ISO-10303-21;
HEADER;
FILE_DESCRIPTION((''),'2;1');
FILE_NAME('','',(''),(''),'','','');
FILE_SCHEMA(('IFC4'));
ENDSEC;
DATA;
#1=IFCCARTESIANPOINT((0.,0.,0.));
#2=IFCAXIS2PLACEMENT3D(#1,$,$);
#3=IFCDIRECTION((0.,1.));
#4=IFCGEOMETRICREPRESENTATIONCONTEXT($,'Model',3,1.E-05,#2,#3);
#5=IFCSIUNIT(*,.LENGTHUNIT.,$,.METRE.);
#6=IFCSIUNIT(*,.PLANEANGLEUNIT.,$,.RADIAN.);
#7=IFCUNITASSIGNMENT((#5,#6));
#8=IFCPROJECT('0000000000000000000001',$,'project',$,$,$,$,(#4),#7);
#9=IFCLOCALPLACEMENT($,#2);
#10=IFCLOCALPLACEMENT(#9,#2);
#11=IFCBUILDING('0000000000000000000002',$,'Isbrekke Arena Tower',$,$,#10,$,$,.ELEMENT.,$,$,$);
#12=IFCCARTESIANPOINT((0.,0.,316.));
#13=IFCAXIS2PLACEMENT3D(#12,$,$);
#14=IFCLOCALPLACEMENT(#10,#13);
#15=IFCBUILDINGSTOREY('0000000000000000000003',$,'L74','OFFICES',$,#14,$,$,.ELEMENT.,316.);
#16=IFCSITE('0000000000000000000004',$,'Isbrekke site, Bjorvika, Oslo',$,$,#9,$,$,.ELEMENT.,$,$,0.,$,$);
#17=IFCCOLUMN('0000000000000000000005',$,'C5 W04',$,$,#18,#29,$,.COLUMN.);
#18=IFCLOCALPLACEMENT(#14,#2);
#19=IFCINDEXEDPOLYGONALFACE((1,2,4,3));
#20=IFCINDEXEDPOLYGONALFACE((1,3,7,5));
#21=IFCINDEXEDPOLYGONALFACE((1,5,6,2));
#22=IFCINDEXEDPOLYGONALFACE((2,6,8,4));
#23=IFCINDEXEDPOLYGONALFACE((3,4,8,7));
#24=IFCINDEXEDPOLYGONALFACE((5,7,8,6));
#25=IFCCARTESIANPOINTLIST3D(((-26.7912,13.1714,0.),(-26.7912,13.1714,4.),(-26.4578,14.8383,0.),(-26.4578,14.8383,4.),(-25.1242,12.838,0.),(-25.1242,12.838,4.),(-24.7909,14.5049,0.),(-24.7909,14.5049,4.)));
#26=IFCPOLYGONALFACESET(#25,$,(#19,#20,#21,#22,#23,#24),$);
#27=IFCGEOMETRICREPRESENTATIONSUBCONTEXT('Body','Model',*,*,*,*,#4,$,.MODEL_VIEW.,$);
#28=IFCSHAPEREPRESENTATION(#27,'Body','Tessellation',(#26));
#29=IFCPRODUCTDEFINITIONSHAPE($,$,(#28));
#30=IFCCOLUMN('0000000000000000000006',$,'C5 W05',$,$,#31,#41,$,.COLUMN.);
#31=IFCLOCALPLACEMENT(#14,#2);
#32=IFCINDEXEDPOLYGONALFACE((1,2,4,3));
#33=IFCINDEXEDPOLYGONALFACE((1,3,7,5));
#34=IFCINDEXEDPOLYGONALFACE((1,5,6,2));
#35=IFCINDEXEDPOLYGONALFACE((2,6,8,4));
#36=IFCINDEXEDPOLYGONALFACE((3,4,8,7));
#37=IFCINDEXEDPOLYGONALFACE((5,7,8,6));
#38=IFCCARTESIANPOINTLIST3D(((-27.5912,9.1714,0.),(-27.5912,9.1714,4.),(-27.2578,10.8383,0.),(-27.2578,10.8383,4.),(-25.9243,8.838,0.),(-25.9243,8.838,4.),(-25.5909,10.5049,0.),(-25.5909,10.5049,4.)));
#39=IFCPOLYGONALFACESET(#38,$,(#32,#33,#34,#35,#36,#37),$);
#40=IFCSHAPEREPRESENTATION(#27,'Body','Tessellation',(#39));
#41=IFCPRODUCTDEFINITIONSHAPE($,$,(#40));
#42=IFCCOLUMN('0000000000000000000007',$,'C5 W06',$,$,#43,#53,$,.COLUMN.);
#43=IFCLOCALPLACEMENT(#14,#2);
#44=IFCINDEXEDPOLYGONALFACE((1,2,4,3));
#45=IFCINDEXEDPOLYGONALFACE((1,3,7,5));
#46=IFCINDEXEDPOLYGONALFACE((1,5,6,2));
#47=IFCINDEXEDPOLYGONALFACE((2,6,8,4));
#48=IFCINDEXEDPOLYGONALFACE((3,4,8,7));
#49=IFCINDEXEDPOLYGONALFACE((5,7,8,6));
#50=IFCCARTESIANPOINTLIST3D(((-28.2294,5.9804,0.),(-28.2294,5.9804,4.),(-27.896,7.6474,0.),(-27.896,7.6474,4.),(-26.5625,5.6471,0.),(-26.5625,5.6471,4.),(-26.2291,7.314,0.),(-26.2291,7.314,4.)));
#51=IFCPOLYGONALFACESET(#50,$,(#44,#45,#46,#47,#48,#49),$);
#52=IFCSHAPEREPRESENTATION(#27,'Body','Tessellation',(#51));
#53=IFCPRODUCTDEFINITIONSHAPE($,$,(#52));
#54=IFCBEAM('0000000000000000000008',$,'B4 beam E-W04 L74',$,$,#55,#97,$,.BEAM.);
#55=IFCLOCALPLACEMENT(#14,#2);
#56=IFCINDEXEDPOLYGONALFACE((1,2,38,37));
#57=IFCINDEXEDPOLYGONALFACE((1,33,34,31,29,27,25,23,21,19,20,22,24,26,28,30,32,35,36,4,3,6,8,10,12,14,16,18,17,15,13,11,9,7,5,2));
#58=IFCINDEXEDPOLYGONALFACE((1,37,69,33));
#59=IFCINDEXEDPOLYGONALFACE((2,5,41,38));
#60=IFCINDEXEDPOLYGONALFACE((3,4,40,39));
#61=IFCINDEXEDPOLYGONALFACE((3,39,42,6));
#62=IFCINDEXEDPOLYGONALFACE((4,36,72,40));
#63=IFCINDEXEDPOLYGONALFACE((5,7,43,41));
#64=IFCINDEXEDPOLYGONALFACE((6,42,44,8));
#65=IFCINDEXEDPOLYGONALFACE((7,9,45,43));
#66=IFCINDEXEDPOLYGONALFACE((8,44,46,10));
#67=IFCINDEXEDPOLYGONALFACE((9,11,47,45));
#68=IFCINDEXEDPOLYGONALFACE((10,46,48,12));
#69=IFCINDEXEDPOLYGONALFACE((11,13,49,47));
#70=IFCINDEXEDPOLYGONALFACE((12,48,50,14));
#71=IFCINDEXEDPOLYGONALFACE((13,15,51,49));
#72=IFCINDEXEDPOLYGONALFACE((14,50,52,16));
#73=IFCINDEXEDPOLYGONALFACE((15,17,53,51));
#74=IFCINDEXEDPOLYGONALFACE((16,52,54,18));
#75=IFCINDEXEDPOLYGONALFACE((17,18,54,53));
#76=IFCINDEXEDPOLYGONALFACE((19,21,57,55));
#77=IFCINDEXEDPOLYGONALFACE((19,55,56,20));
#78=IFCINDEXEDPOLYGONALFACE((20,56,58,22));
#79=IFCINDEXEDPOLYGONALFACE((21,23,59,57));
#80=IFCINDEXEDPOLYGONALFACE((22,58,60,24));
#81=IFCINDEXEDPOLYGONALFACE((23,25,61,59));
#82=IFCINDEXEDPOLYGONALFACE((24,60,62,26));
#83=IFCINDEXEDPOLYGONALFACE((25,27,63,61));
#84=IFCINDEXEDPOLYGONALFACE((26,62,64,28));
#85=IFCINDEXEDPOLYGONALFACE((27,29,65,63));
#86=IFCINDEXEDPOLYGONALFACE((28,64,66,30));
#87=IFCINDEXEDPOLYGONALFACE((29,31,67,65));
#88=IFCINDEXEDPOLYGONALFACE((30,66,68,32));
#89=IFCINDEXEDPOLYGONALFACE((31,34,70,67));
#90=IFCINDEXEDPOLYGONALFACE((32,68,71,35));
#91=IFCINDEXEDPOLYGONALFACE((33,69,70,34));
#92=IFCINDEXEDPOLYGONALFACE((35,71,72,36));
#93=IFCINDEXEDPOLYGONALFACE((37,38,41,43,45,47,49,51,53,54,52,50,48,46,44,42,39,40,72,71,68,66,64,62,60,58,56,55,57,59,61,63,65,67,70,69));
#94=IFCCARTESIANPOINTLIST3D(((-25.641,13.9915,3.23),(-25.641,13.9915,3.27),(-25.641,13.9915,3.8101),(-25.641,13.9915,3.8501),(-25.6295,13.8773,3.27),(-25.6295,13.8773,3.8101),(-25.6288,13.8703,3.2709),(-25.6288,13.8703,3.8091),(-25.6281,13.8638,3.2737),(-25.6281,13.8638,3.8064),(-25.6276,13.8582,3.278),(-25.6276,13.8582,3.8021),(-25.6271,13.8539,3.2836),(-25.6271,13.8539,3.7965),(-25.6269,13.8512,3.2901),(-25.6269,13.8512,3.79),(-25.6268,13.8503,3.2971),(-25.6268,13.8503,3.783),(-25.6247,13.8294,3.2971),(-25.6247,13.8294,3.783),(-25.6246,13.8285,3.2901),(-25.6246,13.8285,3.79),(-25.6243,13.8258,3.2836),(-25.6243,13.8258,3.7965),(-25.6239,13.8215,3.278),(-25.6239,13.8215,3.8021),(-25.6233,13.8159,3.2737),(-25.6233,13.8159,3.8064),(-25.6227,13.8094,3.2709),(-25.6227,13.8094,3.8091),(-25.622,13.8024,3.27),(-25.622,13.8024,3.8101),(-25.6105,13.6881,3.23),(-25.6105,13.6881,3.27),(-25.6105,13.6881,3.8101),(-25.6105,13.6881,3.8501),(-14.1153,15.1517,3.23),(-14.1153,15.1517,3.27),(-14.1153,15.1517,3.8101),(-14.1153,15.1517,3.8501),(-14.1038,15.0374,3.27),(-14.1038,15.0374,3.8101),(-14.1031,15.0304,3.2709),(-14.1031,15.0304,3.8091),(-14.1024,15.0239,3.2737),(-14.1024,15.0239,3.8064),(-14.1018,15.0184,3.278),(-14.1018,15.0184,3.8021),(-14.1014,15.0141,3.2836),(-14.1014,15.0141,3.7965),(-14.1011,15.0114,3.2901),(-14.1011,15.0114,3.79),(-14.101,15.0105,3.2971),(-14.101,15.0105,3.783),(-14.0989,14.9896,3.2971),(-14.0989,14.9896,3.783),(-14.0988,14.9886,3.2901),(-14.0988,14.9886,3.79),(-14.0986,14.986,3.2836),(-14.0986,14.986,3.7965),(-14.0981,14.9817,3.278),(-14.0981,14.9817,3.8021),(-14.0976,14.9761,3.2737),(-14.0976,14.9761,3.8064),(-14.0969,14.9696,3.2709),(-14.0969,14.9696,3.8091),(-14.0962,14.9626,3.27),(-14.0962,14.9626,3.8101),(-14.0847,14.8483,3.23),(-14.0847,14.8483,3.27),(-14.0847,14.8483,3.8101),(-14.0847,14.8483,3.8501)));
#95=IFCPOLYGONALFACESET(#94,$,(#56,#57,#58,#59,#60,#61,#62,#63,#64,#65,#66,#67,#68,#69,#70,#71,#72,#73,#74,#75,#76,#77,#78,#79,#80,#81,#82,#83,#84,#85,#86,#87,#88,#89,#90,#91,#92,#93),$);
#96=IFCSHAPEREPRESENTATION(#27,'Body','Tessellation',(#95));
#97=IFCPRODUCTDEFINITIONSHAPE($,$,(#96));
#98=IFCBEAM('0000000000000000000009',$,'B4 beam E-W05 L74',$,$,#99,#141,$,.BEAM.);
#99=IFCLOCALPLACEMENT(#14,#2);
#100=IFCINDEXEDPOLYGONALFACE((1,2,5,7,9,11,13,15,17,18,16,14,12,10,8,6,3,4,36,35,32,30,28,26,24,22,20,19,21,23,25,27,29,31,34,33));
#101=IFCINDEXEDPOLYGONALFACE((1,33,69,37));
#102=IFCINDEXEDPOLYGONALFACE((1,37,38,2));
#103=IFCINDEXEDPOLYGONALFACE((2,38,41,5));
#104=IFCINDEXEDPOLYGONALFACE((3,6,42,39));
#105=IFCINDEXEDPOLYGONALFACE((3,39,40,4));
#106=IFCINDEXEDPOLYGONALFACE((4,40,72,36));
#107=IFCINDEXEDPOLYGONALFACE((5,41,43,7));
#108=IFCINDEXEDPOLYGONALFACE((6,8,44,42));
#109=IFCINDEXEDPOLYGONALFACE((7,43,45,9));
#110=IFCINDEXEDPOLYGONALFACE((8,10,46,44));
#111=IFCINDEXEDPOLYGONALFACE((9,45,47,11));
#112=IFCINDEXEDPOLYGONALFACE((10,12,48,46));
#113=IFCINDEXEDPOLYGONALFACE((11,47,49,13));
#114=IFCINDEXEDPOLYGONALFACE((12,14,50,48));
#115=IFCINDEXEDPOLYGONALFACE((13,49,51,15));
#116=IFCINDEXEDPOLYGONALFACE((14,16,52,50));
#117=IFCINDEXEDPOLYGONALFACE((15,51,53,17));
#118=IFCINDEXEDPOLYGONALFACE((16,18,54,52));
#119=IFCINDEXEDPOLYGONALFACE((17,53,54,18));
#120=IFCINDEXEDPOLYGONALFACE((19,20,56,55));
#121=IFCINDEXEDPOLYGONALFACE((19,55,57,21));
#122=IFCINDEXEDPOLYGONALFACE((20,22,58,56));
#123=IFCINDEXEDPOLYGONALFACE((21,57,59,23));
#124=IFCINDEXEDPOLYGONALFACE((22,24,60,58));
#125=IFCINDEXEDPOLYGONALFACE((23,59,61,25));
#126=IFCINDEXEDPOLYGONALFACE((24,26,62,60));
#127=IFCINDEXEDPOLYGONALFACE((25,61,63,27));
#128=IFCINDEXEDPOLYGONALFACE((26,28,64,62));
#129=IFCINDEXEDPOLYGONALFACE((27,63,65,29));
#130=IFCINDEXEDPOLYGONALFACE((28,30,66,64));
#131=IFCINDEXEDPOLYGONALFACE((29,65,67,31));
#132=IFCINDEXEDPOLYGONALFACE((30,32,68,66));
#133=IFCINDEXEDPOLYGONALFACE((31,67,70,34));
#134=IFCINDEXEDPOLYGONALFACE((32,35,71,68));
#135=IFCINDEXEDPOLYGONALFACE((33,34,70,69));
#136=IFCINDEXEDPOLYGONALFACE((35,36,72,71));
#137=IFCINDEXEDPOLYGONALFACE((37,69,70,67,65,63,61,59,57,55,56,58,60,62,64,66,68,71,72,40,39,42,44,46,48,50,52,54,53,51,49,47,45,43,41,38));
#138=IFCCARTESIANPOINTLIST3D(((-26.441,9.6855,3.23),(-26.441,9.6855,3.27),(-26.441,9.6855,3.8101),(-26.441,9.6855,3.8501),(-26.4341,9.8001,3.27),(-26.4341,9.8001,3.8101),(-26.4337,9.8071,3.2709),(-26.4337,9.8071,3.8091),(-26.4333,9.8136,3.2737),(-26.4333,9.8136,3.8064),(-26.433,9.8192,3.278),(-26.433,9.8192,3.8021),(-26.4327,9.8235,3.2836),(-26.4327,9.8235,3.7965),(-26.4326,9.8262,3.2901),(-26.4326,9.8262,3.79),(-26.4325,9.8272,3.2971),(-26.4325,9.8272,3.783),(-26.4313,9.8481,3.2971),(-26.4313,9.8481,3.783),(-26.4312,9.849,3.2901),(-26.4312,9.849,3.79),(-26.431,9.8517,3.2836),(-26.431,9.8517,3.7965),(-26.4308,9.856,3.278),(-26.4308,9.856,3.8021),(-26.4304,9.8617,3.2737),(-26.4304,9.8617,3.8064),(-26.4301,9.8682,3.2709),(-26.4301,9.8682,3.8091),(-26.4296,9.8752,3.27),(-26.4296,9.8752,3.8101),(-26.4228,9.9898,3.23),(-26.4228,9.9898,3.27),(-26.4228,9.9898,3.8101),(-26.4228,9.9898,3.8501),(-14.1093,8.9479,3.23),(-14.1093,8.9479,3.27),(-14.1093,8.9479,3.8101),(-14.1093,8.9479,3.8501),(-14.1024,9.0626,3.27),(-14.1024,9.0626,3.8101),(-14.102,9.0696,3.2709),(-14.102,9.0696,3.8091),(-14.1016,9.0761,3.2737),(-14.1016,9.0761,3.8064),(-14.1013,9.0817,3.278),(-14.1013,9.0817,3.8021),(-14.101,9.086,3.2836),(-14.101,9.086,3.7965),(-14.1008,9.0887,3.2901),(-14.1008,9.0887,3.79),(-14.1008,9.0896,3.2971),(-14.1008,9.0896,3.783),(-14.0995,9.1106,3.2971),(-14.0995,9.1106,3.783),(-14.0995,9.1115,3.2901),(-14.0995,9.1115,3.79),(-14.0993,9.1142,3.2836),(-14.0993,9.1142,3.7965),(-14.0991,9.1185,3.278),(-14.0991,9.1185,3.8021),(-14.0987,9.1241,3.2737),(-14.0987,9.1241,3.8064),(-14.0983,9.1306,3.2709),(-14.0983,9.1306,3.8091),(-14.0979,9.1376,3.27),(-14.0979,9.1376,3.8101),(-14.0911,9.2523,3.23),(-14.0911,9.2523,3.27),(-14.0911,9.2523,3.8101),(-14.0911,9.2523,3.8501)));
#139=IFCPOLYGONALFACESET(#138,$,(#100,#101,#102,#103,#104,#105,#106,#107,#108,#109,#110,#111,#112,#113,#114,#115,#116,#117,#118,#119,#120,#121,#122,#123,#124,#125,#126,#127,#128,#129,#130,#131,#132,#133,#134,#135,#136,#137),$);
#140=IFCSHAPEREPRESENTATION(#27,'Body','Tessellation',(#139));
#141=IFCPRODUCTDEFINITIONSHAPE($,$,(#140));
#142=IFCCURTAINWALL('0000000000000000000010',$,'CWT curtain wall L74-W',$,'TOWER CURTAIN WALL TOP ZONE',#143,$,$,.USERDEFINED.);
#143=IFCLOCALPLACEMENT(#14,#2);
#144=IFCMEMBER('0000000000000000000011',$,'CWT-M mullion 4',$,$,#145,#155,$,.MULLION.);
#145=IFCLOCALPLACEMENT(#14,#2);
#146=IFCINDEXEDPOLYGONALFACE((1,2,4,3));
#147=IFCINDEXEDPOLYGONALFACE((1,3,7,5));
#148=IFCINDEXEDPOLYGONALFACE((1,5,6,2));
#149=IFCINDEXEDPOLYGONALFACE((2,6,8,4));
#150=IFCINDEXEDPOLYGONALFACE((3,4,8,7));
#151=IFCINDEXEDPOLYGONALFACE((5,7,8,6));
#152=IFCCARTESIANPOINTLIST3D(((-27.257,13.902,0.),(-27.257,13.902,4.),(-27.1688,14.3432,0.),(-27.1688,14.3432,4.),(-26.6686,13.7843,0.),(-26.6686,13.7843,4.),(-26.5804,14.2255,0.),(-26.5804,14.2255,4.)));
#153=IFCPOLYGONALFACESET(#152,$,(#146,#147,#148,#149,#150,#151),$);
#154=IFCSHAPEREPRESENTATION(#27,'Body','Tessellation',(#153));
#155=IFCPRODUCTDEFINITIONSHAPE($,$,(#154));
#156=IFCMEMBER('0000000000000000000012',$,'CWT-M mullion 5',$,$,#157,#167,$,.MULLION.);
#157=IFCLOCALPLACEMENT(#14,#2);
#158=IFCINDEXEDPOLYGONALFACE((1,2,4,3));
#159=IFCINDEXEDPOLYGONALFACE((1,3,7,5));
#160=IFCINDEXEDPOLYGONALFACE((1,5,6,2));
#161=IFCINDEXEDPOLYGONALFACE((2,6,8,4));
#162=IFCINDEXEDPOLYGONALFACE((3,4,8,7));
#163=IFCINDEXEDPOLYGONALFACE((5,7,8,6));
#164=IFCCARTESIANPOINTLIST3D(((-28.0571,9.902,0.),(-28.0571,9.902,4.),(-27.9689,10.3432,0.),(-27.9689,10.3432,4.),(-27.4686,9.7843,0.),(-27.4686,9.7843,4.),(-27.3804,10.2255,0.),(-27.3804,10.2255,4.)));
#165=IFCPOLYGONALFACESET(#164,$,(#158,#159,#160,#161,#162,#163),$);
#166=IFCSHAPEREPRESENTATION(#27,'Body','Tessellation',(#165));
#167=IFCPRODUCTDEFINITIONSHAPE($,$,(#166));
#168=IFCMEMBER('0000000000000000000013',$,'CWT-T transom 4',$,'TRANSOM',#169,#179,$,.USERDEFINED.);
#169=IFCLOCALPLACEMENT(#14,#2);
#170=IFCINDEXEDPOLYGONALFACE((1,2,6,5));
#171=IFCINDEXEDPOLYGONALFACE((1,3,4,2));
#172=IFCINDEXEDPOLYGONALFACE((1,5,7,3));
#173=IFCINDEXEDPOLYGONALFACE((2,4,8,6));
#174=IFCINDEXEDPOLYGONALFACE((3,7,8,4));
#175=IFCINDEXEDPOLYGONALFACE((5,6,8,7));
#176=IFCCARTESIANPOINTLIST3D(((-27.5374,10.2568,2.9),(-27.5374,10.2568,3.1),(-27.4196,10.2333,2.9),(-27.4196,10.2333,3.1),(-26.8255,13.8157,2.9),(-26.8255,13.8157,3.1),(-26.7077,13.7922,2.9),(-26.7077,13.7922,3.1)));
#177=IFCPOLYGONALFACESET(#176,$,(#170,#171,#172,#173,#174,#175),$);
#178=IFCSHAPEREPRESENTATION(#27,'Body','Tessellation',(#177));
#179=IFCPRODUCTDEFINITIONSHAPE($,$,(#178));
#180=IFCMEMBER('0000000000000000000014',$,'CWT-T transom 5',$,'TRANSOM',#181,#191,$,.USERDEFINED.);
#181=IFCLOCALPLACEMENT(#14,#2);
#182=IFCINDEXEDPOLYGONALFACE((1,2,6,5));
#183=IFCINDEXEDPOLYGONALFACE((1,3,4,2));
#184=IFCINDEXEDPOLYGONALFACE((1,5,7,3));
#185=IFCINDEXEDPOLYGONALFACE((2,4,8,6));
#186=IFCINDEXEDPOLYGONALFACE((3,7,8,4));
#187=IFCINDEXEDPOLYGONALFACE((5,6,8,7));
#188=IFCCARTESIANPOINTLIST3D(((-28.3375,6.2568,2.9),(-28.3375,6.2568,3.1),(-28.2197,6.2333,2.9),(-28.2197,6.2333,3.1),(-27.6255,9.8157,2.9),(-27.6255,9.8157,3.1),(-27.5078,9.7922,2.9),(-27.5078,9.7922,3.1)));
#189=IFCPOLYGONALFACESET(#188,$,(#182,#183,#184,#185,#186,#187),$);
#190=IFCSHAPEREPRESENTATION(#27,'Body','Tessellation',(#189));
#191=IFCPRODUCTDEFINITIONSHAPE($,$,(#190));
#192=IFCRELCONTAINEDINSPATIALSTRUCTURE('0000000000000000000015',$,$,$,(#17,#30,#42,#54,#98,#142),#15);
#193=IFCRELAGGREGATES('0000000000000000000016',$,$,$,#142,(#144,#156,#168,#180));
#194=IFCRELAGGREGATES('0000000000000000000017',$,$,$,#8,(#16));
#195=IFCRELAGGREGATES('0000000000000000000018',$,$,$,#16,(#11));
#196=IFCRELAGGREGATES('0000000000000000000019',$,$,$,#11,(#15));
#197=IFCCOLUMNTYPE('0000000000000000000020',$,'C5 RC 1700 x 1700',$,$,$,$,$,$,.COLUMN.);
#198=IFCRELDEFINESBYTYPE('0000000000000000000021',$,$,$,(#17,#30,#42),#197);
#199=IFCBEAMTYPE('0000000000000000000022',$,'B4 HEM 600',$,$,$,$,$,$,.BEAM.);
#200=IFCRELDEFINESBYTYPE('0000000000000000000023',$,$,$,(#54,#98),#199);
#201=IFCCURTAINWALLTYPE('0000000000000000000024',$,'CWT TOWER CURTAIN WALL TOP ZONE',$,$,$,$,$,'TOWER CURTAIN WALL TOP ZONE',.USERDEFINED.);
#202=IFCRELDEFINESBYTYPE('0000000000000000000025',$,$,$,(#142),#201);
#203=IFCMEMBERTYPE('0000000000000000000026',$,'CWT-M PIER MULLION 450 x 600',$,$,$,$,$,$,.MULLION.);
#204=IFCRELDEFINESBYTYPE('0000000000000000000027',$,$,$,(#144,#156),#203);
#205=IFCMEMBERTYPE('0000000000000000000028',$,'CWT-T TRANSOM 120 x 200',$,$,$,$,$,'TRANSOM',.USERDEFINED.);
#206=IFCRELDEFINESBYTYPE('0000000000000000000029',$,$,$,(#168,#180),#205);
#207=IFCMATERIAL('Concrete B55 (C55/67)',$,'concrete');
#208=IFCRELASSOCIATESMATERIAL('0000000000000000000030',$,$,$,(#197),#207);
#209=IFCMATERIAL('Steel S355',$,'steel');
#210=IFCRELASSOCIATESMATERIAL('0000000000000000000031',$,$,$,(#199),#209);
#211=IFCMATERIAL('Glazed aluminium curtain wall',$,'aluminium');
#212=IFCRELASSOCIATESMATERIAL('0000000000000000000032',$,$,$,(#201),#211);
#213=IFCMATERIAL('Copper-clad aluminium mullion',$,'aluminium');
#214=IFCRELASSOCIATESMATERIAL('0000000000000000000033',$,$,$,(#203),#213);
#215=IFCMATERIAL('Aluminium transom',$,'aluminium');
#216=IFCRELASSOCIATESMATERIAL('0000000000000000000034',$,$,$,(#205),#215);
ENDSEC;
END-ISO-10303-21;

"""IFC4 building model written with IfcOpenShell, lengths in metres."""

from ifc_helpers import new_model, si_unit, direction, frame, origin, origin_2d, place, context, subcontext, project, spatial, rectangle, i_section, extrude, material, material_profile, profile_set, type_object, element, aggregate, save


model = new_model("IFC4")

# Units and contexts
model_context = context("Model", 3, precision=1e-05, world=origin(), true_north=direction((0.0, 1.0)))
body_context = subcontext(model_context, "Body", "Model", "MODEL_VIEW")
ifc_project = project(units=[si_unit("LENGTHUNIT", "METRE"), si_unit("PLANEANGLEUNIT", "RADIAN")], contexts=[model_context])

# Site, building, storey
site_placement = place(None, origin())
site = spatial("IfcSite", under=ifc_project, at=site_placement, Name="Isbrekke site, Bjorvika, Oslo", CompositionType="ELEMENT", RefElevation=0.0)
building_placement = place(site_placement, origin())
building = spatial("IfcBuilding", under=site, at=building_placement, Name="Isbrekke Arena Tower", CompositionType="ELEMENT")
storey_placement = place(building_placement, frame((0.0, 0.0, 316.0)))
storey = spatial("IfcBuildingStorey", under=building, at=storey_placement, Name="L74", Description="OFFICES", CompositionType="ELEMENT", Elevation=316.0)

# Columns
ifc_material_1 = material(Name="Concrete B55 (C55/67)", Category="concrete")
ifc_material_profile_1 = material_profile(ifc_material_1, rectangle(XDim=1.7, YDim=1.7, at=origin_2d()), Name="RC 1700x1700")
ifc_profile_set_1 = profile_set([ifc_material_profile_1], Name="Concrete B55 (C55/67)")
column_type = type_object("IfcColumnType", Name="C5 RC 1700 x 1700", PredefinedType="COLUMN", material=ifc_profile_set_1)
for number, where, z_axis, x_axis, name in (
    (1, (-25.791, 13.8381, 0.0), (0.0, 0.0, 1.0), (-0.196116, -0.980581, 0.0), "C5 W04"),
    (2, (-26.5911, 9.8381, 0.0), (0.0, 0.0, 1.0), (-0.196116, -0.980581, 0.0), "C5 W05"),
    (3, (-27.2292, 6.6472, 0.0), (0.0, 0.0, 1.0), (-0.196116, -0.980581, 0.0), "C5 W06"),
):
    element("IfcColumn", number, at=place(storey_placement, frame(where, z_axis=z_axis, x_axis=x_axis)), inside=storey, type_object=column_type, Name=name, PredefinedType="COLUMN", context=body_context, shape_type="SweptSolid", body=[
        extrude(rectangle(XDim=1.7, YDim=1.7, at=origin_2d()), origin(), (0.0, 0.0, 1.0), 4.0),
    ])

# Beams
ifc_material_2 = material(Name="Steel S355", Category="steel")
ifc_material_profile_2 = material_profile(ifc_material_2, i_section(OverallWidth=0.3049, OverallDepth=0.6201, WebThickness=0.021, FlangeThickness=0.04, FilletRadius=0.0271, at=origin_2d()), Name="HEM 600")
ifc_profile_set_2 = profile_set([ifc_material_profile_2], Name="Steel S355")
beam_type_1 = type_object("IfcBeamType", Name="B4 HEM 600", PredefinedType="BEAM", material=ifc_profile_set_2)
beam_1_placement = place(storey_placement, frame((-25.6257, 13.8398, 3.54), z_axis=(0.994972, 0.100153, 0.0), x_axis=(-0.100153, 0.994972, 0.0)))
element("IfcBeam", 4, at=beam_1_placement, inside=storey, type_object=beam_type_1, Name="B4 beam E-W04 L74", PredefinedType="BEAM", context=body_context, shape_type="SweptSolid", body=[
    extrude(i_section(OverallWidth=0.3049, OverallDepth=0.6201, WebThickness=0.021, FlangeThickness=0.04, FilletRadius=0.0271, at=origin_2d()), origin(), (0.0, 0.0, 1.0), 11.584),
])
beam_2_placement = place(storey_placement, frame((-26.4319, 9.8376, 3.54), z_axis=(0.998216, -0.059702, 0.0), x_axis=(0.059702, 0.998216, 0.0)))
element("IfcBeam", 5, at=beam_2_placement, inside=storey, type_object=beam_type_1, Name="B4 beam E-W05 L74", PredefinedType="BEAM", context=body_context, shape_type="SweptSolid", body=[
    extrude(i_section(OverallWidth=0.3049, OverallDepth=0.6201, WebThickness=0.021, FlangeThickness=0.04, FilletRadius=0.0271, at=origin_2d()), origin(), (0.0, 0.0, 1.0), 12.3538),
])

# Curtain wall, members
ifc_material_3 = material(Name="Glazed aluminium curtain wall", Category="aluminium")
curtain_wall_type = type_object("IfcCurtainWallType", Name="CWT TOWER CURTAIN WALL TOP ZONE", ElementType="TOWER CURTAIN WALL TOP ZONE", PredefinedType="USERDEFINED", material=ifc_material_3)
curtain_wall_placement = place(storey_placement, origin())
curtain_wall = element("IfcCurtainWall", 6, at=curtain_wall_placement, inside=storey, type_object=curtain_wall_type, Name="CWT curtain wall L74-W", ObjectType="TOWER CURTAIN WALL TOP ZONE", PredefinedType="USERDEFINED")
ifc_material_4 = material(Name="Copper-clad aluminium mullion", Category="aluminium")
ifc_material_profile_3 = material_profile(ifc_material_4, rectangle(XDim=0.45, YDim=0.6001, at=origin_2d()), Name="PIER 450X600")
ifc_profile_set_3 = profile_set([ifc_material_profile_3], Name="Copper-clad aluminium mullion")
member_type_1 = type_object("IfcMemberType", Name="CWT-M PIER MULLION 450 x 600", PredefinedType="MULLION", material=ifc_profile_set_3)
member_1_placement = place(storey_placement, frame((-26.9187, 14.0637, 0.0), z_axis=(0.0, 0.0, 1.0), x_axis=(-0.196116, -0.980581, 0.0)))
member_1 = element("IfcMember", 7, at=member_1_placement, type_object=member_type_1, Name="CWT-M mullion 4", PredefinedType="MULLION", context=body_context, shape_type="SweptSolid", body=[
    extrude(rectangle(XDim=0.45, YDim=0.6001, at=origin_2d()), origin(), (0.0, 0.0, 1.0), 4.0),
])
member_2_placement = place(storey_placement, frame((-27.7188, 10.0637, 0.0), z_axis=(0.0, 0.0, 1.0), x_axis=(-0.196116, -0.980581, 0.0)))
member_2 = element("IfcMember", 8, at=member_2_placement, type_object=member_type_1, Name="CWT-M mullion 5", PredefinedType="MULLION", context=body_context, shape_type="SweptSolid", body=[
    extrude(rectangle(XDim=0.45, YDim=0.6001, at=origin_2d()), origin(), (0.0, 0.0, 1.0), 4.0),
])
ifc_material_5 = material(Name="Aluminium transom", Category="aluminium")
ifc_material_profile_4 = material_profile(ifc_material_5, rectangle(XDim=0.1201, YDim=0.2, at=origin_2d()), Name="TRANSOM 120X200")
ifc_profile_set_4 = profile_set([ifc_material_profile_4], Name="Aluminium transom")
member_type_2 = type_object("IfcMemberType", Name="CWT-T TRANSOM 120 x 200", ElementType="TRANSOM", PredefinedType="USERDEFINED", material=ifc_profile_set_4)
member_3_placement = place(storey_placement, frame((-26.7666, 13.804, 3.0), z_axis=(-0.196155, -0.980573, 0.0), x_axis=(0.980573, -0.196155, 0.0)))
member_3 = element("IfcMember", 9, at=member_3_placement, type_object=member_type_2, Name="CWT-T transom 4", ObjectType="TRANSOM", PredefinedType="USERDEFINED", context=body_context, shape_type="SweptSolid", body=[
    extrude(rectangle(XDim=0.1201, YDim=0.2, at=origin_2d()), origin(), (0.0, 0.0, 1.0), 3.6294),
])
member_4_placement = place(storey_placement, frame((-27.5667, 9.804, 3.0), z_axis=(-0.196155, -0.980573, 0.0), x_axis=(0.980573, -0.196155, 0.0)))
member_4 = element("IfcMember", 10, at=member_4_placement, type_object=member_type_2, Name="CWT-T transom 5", ObjectType="TRANSOM", PredefinedType="USERDEFINED", context=body_context, shape_type="SweptSolid", body=[
    extrude(rectangle(XDim=0.1201, YDim=0.2, at=origin_2d()), origin(), (0.0, 0.0, 1.0), 3.6294),
])

aggregate(curtain_wall, [member_1, member_2, member_3, member_4])

save(model, "model.ifc")
